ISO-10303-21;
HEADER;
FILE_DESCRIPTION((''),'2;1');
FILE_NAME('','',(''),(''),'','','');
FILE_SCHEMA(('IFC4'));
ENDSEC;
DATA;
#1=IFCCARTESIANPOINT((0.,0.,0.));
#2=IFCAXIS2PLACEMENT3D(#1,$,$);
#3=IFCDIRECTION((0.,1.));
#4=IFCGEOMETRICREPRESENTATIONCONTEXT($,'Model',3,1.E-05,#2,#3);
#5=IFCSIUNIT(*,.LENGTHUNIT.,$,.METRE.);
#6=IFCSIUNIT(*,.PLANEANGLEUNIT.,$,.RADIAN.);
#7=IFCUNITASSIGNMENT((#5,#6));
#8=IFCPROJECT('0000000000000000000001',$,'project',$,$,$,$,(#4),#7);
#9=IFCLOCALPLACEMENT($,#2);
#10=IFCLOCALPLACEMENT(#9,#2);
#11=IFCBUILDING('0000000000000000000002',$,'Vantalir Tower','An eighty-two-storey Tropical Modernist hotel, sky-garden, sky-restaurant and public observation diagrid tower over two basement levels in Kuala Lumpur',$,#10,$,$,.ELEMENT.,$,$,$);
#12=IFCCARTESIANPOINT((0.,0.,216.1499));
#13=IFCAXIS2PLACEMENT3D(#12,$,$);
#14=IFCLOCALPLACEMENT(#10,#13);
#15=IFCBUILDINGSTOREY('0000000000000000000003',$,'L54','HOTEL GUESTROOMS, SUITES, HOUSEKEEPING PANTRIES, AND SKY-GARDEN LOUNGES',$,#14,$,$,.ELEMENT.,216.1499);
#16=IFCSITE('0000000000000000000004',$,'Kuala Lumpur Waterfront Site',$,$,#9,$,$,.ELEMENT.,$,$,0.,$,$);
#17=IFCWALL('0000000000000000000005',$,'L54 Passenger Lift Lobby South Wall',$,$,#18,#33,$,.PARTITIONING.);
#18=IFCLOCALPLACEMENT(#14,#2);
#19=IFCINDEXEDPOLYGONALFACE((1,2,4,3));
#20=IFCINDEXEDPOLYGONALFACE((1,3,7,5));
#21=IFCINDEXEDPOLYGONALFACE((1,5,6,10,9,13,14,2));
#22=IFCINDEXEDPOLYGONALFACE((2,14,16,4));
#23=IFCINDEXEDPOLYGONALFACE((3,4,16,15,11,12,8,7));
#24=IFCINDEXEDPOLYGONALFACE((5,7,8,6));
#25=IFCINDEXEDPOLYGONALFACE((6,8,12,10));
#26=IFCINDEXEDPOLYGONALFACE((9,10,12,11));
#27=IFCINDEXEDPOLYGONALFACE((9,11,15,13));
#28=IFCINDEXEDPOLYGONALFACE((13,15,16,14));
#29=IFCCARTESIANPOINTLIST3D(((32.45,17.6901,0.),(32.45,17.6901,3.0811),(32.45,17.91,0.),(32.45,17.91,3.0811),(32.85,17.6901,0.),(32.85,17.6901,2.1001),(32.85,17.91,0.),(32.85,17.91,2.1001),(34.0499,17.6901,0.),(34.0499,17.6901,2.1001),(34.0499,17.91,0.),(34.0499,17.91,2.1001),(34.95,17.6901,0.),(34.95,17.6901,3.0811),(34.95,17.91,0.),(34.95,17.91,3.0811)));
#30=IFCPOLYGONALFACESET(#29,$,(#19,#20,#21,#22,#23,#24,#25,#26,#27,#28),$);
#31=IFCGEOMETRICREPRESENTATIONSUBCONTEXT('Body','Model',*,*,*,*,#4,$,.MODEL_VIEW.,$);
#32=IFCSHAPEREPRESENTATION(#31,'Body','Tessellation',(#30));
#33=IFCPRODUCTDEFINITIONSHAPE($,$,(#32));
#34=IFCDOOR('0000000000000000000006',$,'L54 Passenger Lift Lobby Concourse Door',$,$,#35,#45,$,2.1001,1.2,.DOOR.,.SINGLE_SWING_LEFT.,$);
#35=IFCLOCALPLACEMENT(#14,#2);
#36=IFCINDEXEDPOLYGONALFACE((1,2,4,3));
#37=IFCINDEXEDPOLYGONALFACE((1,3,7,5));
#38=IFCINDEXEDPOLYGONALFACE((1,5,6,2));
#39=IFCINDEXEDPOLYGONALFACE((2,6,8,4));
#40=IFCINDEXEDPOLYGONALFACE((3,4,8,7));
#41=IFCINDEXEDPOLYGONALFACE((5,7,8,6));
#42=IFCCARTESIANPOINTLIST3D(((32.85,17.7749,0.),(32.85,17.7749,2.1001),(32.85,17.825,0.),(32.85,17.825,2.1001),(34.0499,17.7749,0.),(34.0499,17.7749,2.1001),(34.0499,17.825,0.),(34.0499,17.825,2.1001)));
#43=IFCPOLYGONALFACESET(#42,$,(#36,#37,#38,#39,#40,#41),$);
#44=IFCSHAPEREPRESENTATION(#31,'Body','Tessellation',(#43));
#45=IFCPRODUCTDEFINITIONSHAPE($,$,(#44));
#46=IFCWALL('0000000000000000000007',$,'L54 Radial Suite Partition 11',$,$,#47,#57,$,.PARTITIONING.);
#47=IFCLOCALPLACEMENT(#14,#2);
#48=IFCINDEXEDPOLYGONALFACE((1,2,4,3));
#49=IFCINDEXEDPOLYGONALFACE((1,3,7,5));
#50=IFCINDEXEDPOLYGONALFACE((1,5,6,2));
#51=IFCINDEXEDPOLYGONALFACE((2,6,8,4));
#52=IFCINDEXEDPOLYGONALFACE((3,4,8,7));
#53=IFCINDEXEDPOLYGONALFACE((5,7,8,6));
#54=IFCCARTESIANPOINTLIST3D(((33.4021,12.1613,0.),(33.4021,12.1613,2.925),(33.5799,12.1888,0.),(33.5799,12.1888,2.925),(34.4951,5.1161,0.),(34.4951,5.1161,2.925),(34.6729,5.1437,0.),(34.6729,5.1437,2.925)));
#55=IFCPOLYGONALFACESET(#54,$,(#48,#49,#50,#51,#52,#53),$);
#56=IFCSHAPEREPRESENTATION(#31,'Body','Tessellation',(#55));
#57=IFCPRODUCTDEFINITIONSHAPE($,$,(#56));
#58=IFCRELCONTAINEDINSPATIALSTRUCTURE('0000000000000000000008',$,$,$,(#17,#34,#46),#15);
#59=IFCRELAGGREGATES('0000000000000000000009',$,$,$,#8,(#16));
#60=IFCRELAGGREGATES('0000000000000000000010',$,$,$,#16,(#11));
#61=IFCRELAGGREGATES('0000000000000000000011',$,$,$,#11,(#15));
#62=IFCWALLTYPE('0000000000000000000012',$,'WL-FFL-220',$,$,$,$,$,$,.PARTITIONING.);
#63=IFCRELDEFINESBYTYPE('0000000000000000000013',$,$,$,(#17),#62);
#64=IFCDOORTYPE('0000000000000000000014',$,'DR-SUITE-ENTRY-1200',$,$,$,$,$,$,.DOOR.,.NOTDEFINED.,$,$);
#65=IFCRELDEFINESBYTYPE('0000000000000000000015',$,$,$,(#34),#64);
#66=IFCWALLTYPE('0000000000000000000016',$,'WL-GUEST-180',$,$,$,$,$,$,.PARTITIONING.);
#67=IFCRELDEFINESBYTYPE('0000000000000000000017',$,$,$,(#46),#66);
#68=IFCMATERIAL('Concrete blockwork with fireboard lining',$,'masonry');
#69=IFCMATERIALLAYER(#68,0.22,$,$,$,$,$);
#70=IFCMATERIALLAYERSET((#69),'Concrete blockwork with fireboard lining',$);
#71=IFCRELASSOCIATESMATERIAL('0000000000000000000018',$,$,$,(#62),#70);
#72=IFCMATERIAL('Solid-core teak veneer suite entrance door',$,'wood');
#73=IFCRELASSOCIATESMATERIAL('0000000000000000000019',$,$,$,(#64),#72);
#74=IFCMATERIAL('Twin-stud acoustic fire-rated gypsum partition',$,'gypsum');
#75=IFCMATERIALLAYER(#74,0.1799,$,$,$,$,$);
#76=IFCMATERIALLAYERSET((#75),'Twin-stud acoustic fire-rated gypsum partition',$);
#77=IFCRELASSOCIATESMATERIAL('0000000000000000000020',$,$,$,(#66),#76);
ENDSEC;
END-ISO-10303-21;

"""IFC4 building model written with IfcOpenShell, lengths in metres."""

from ifc_helpers import new_model, si_unit, direction, frame, frame_2d, origin, place, context, subcontext, project, spatial, rectangle, extrude, material, layer, layer_set, type_object, element, fill, save


model = new_model("IFC4")

# Units and contexts
model_context = context("Model", 3, precision=1e-05, world=origin(), true_north=direction((0.0, 1.0)))
body_context = subcontext(model_context, "Body", "Model", "MODEL_VIEW")
ifc_project = project(units=[si_unit("LENGTHUNIT", "METRE"), si_unit("PLANEANGLEUNIT", "RADIAN")], contexts=[model_context])

# Site, building, storey
site_placement = place(None, origin())
site = spatial("IfcSite", under=ifc_project, at=site_placement, Name="Kuala Lumpur Waterfront Site", CompositionType="ELEMENT", RefElevation=0.0)
building_placement = place(site_placement, origin())
building = spatial("IfcBuilding", under=site, at=building_placement, Name="Vantalir Tower", Description="An eighty-two-storey Tropical Modernist hotel, sky-garden, sky-restaurant and public observation diagrid tower over two basement levels in Kuala Lumpur", CompositionType="ELEMENT")
storey_placement = place(building_placement, frame((0.0, 0.0, 216.1499)))
storey = spatial("IfcBuildingStorey", under=building, at=storey_placement, Name="L54", Description="HOTEL GUESTROOMS, SUITES, HOUSEKEEPING PANTRIES, AND SKY-GARDEN LOUNGES", CompositionType="ELEMENT", Elevation=216.1499)

# Wall, opening, door
ifc_material_1 = material(Name="Concrete blockwork with fireboard lining", Category="masonry")
ifc_layer_1 = layer(ifc_material_1, 0.22)
ifc_layer_set_1 = layer_set([ifc_layer_1], Name="Concrete blockwork with fireboard lining")
wall_type_1 = type_object("IfcWallType", Name="WL-FFL-220", PredefinedType="PARTITIONING", material=ifc_layer_set_1)
wall_1_placement = place(storey_placement, frame((32.45, 17.8, 0.0), z_axis=(0.0, 0.0, 1.0), x_axis=(1.0, 0.0, 0.0)))
wall_1 = element("IfcWall", 1, at=wall_1_placement, inside=storey, type_object=wall_type_1, Name="L54 Passenger Lift Lobby South Wall", PredefinedType="PARTITIONING", context=body_context, shape_type="SweptSolid", body=[
    extrude(rectangle(XDim=2.5, YDim=0.22, at=frame_2d((1.25, 0.0))), origin(), (0.0, 0.0, 1.0), 3.0811),
])
opening_1_placement = place(wall_1_placement, frame((0.3999, 0.0, 0.0)))
opening_1 = element("IfcOpeningElement", 2, at=opening_1_placement, cuts=wall_1, PredefinedType="OPENING", context=body_context, shape_type="SweptSolid", body=[
    extrude(rectangle(XDim=1.2, YDim=2.1001, at=frame_2d((0.6001, 1.05))), frame((0.0, 0.1199, 0.0), z_axis=(0.0, -1.0, 0.0), x_axis=(1.0, 0.0, 0.0)), (0.0, 0.0, 1.0), 0.24),
])
ifc_material_2 = material(Name="Solid-core teak veneer suite entrance door", Category="wood")
door_type_1 = type_object("IfcDoorType", Name="DR-SUITE-ENTRY-1200", OperationType="NOTDEFINED", PredefinedType="DOOR", material=ifc_material_2)
door_1_placement = place(opening_1_placement, origin())
door_1 = element("IfcDoor", 3, at=door_1_placement, inside=storey, type_object=door_type_1, Name="L54 Passenger Lift Lobby Concourse Door", OperationType="SINGLE_SWING_LEFT", OverallHeight=2.1001, OverallWidth=1.2, PredefinedType="DOOR", context=body_context, shape_type="SweptSolid", body=[
    extrude(rectangle(XDim=1.2, YDim=2.1001, at=frame_2d((0.6001, 1.05))), frame((0.0, 0.0249, 0.0), z_axis=(0.0, -1.0, 0.0), x_axis=(1.0, 0.0, 0.0)), (0.0, 0.0, 1.0), 0.05),
])
fill(opening_1, door_1)

# Wall
ifc_material_3 = material(Name="Twin-stud acoustic fire-rated gypsum partition", Category="gypsum")
ifc_layer_2 = layer(ifc_material_3, 0.1799)
ifc_layer_set_2 = layer_set([ifc_layer_2], Name="Twin-stud acoustic fire-rated gypsum partition")
wall_type_2 = type_object("IfcWallType", Name="WL-GUEST-180", PredefinedType="PARTITIONING", material=ifc_layer_set_2)
wall_2_placement = place(storey_placement, frame((33.491, 12.175, 0.0), z_axis=(0.0, 0.0, 1.0), x_axis=(0.15331, -0.988178, 0.0)))
element("IfcWall", 4, at=wall_2_placement, inside=storey, type_object=wall_type_2, Name="L54 Radial Suite Partition 11", PredefinedType="PARTITIONING", context=body_context, shape_type="SweptSolid", body=[
    extrude(rectangle(XDim=7.1294, YDim=0.1799, at=frame_2d((3.5647, 0.0))), origin(), (0.0, 0.0, 1.0), 2.925),
])

save(model, "model.ifc")
